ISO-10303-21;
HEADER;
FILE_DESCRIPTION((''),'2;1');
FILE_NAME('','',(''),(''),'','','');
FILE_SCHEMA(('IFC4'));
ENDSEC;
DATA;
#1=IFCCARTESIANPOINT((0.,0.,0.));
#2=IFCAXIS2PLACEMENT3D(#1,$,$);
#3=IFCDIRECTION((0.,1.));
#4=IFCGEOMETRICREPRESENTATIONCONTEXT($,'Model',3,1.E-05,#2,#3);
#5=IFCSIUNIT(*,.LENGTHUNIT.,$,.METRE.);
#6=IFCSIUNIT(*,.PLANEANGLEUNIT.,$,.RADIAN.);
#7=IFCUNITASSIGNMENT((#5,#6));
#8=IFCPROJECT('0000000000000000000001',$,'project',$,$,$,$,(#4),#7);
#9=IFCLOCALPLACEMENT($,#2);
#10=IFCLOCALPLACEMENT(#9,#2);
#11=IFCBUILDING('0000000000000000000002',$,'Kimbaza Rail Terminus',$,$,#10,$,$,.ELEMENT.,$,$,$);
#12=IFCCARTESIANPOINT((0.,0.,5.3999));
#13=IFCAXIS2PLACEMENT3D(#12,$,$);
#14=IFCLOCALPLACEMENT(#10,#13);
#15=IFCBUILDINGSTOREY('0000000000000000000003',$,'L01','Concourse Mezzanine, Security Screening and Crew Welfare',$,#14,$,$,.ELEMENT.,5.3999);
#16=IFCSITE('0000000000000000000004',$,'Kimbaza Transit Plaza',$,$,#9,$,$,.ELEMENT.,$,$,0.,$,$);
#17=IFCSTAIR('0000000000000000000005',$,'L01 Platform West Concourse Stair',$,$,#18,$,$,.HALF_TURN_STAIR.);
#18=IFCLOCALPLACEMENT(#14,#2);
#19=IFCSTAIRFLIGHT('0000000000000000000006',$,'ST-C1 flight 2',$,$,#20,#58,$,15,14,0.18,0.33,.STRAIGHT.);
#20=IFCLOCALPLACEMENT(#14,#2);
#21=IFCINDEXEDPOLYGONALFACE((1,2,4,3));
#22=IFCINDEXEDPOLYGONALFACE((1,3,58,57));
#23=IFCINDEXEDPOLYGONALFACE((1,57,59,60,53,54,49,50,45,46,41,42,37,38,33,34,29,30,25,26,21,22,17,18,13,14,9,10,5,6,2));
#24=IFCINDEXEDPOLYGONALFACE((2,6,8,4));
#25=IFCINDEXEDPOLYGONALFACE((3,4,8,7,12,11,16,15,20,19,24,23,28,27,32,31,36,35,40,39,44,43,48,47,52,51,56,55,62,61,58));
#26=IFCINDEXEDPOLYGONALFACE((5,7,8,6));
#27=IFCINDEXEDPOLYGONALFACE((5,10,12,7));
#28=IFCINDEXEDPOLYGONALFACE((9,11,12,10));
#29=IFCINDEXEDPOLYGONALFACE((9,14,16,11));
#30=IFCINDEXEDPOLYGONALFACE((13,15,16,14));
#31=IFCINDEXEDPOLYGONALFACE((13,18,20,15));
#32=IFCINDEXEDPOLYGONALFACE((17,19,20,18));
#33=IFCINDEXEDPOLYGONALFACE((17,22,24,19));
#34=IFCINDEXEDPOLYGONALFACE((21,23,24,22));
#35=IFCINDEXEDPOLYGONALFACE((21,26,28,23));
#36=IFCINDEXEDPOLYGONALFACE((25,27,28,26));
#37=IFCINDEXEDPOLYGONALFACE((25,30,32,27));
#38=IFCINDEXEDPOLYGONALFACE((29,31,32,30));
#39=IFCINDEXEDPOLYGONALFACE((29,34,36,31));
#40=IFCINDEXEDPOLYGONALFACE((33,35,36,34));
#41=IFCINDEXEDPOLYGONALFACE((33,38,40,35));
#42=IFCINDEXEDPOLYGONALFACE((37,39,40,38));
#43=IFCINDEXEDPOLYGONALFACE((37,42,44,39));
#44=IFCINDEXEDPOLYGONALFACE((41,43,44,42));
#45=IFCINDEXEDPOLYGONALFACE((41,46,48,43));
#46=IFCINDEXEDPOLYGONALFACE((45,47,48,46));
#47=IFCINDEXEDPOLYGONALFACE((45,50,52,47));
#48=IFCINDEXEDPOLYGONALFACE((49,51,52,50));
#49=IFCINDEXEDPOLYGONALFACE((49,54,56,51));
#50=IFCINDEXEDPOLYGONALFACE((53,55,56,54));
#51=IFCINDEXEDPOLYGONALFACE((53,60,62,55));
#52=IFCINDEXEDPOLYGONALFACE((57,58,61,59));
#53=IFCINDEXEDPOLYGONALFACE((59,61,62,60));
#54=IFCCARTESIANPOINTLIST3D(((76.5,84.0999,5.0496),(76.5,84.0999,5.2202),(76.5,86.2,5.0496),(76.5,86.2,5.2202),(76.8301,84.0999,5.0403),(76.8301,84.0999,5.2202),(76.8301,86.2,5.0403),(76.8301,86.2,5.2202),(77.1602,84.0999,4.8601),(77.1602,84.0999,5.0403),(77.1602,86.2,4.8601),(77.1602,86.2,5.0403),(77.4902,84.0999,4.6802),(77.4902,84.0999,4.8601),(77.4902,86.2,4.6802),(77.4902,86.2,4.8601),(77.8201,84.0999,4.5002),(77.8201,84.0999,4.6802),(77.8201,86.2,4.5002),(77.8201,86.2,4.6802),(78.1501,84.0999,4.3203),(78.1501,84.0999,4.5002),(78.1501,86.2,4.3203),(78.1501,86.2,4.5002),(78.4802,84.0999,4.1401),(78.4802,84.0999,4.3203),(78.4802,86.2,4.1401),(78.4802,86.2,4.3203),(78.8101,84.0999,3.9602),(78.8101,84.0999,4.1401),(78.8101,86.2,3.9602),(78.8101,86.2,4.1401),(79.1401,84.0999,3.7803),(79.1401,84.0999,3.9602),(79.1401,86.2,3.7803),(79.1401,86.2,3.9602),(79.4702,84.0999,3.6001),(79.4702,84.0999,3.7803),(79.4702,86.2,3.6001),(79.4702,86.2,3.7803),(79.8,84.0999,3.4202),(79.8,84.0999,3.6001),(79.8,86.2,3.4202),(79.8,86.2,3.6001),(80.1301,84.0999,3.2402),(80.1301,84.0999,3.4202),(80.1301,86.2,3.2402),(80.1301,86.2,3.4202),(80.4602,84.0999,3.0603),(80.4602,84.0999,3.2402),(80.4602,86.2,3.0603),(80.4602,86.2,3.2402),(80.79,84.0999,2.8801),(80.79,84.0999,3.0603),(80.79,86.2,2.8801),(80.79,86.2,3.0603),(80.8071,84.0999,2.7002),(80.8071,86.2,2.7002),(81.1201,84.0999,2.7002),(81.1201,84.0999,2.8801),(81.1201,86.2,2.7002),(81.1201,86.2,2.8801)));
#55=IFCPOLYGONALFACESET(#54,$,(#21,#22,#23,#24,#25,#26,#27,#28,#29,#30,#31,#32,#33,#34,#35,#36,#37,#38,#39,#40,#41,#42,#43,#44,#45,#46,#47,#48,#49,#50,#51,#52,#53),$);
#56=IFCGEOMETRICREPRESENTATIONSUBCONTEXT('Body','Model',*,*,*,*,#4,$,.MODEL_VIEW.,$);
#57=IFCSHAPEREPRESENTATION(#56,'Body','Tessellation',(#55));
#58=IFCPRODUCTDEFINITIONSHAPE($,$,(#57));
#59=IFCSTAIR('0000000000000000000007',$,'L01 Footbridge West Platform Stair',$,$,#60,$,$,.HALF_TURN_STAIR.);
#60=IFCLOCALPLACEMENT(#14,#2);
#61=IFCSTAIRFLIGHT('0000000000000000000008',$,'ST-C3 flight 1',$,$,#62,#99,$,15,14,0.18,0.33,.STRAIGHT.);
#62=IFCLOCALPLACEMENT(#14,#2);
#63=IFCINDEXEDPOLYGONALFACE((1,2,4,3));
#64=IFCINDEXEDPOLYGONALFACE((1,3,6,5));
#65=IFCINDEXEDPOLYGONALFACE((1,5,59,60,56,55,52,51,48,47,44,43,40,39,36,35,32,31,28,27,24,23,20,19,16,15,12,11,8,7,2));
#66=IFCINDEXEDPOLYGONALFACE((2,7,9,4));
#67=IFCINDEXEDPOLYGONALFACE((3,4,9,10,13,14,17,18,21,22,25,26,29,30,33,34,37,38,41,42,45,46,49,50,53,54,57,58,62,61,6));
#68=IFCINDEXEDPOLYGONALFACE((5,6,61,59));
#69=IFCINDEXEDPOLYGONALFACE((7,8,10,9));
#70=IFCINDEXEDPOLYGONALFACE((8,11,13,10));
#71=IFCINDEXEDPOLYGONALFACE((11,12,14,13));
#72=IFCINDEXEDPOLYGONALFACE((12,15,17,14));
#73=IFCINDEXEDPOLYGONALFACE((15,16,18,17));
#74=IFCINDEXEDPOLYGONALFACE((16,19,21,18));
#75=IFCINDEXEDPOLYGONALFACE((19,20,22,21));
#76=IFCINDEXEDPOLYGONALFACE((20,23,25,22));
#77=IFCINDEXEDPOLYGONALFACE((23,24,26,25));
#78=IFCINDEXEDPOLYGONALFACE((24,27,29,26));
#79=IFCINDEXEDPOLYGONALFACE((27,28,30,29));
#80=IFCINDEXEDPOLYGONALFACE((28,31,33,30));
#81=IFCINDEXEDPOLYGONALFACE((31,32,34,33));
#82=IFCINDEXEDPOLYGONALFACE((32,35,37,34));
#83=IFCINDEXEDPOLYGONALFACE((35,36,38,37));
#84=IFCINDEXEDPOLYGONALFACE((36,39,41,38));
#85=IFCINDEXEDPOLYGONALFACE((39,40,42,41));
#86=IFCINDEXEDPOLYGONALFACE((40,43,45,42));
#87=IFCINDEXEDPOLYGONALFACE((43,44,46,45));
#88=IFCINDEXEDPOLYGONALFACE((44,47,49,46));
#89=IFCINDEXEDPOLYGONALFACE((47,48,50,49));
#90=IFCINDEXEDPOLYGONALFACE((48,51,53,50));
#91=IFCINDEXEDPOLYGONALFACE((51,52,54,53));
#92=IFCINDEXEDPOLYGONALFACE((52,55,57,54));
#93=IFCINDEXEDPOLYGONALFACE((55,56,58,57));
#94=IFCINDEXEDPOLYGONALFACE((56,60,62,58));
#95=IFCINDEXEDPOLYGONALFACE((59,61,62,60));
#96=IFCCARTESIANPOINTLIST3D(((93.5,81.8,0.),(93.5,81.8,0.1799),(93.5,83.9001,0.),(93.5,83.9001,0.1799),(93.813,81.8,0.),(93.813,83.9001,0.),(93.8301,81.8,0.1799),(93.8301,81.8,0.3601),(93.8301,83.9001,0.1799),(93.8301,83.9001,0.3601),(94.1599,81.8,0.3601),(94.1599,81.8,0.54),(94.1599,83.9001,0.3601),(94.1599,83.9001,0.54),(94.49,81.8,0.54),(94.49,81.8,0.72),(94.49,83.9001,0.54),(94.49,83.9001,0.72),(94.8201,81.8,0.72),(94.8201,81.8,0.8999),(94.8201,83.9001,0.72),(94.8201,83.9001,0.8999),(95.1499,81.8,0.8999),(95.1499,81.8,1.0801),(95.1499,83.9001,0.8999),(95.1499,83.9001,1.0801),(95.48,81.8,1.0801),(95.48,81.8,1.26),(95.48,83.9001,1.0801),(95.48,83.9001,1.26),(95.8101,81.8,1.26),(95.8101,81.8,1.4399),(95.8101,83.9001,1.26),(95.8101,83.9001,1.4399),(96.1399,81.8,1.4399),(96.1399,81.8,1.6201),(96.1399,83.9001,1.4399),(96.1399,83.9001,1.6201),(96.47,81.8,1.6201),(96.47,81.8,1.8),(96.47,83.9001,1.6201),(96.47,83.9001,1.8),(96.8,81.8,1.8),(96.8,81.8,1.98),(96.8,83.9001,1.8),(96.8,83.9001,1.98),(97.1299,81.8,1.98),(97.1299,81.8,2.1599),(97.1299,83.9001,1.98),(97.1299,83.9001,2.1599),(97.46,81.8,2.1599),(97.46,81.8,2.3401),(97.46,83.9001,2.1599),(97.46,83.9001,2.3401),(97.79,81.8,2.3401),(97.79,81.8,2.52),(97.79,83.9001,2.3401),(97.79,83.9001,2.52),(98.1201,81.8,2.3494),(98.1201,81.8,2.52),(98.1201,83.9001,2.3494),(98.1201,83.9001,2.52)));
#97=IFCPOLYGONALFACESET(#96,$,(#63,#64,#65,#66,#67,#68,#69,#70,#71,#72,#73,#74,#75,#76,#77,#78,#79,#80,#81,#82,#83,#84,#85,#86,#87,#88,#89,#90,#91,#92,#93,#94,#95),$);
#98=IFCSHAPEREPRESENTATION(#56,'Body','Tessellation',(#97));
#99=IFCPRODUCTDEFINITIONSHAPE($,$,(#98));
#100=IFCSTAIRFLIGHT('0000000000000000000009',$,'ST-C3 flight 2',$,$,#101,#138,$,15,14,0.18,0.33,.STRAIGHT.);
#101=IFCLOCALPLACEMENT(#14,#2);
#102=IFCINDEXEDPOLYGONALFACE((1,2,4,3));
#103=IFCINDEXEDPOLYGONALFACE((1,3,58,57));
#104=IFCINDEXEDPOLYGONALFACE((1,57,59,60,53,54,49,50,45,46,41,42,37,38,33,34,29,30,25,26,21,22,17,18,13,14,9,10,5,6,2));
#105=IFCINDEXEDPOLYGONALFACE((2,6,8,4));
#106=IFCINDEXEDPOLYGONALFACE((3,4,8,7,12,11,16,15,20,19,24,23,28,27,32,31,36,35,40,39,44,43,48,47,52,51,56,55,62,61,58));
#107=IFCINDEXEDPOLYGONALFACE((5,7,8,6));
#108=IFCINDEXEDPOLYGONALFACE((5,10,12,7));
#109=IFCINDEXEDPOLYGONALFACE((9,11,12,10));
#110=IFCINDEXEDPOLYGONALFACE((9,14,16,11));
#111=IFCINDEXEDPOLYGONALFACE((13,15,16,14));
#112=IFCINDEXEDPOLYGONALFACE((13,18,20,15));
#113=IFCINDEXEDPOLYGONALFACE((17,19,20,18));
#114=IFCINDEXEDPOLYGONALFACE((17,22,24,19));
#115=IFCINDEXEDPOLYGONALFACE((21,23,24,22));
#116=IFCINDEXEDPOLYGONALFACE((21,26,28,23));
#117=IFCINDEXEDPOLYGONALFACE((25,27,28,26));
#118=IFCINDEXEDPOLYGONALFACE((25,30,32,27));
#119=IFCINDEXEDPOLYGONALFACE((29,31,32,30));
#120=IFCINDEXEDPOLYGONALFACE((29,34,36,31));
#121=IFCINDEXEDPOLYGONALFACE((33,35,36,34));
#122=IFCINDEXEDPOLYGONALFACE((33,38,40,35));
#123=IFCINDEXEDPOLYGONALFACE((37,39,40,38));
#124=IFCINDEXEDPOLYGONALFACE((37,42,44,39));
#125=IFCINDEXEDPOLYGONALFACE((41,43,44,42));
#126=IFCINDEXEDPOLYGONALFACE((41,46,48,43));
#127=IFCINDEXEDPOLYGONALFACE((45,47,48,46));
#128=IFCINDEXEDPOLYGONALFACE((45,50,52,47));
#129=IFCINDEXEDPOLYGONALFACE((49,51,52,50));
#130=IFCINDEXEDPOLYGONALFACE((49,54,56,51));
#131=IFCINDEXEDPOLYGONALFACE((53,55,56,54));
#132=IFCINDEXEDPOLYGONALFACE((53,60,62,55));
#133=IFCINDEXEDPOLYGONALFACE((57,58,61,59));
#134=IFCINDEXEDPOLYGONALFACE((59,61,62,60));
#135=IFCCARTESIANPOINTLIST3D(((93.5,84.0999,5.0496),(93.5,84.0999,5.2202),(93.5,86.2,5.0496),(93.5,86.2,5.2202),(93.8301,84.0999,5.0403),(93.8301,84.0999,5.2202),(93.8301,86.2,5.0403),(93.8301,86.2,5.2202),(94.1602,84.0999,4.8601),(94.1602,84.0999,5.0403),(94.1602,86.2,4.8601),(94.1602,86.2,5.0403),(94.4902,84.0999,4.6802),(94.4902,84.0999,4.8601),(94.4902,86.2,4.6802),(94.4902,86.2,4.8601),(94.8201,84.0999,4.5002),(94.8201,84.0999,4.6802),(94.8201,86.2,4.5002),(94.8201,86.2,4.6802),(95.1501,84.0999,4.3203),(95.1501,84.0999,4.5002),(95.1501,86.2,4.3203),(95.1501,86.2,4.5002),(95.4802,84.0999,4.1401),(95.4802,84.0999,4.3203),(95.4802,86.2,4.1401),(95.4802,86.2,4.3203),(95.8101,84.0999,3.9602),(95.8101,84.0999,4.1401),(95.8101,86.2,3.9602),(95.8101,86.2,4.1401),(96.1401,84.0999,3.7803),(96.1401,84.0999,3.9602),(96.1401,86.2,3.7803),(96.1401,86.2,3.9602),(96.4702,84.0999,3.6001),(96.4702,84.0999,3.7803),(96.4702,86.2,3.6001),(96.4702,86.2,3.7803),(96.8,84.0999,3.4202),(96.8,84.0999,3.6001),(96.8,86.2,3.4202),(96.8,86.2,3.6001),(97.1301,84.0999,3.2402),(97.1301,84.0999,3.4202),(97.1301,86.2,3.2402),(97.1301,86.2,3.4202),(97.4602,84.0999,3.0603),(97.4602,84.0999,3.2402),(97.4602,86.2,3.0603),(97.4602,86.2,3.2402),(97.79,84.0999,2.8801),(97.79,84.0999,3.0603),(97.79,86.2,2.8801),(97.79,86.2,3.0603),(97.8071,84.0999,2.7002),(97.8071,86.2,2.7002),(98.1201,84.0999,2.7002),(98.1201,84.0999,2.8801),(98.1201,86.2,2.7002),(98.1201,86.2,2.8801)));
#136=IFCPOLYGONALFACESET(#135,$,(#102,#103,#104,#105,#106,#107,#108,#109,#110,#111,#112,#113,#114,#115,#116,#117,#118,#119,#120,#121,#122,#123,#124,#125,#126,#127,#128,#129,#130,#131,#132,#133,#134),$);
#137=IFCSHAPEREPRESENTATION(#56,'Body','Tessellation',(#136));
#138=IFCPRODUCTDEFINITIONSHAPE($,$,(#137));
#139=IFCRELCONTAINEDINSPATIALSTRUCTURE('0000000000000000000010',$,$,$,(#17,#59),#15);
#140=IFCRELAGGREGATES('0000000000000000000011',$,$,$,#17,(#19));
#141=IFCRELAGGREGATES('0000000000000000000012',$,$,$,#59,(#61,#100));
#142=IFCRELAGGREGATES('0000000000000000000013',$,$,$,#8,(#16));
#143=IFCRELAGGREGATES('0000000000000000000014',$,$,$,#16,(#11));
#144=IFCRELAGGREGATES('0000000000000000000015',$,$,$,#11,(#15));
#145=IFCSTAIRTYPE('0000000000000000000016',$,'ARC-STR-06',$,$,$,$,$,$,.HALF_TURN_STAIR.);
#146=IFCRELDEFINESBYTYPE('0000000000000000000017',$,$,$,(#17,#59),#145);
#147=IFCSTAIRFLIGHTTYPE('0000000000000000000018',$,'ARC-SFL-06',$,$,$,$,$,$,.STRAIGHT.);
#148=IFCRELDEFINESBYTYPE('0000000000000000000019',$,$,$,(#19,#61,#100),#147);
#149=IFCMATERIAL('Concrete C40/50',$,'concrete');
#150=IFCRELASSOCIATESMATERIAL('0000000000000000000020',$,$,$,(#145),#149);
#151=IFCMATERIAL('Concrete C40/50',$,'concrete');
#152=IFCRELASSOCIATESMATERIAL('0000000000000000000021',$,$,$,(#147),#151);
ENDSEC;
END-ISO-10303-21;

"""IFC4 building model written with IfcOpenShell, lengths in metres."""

from ifc_helpers import new_model, si_unit, direction, frame, origin, place, context, subcontext, project, spatial, polyline, outline, extrude, material, type_object, element, aggregate, save


model = new_model("IFC4")

# Units and contexts
model_context = context("Model", 3, precision=1e-05, world=origin(), true_north=direction((0.0, 1.0)))
body_context = subcontext(model_context, "Body", "Model", "MODEL_VIEW")
ifc_project = project(units=[si_unit("LENGTHUNIT", "METRE"), si_unit("PLANEANGLEUNIT", "RADIAN")], contexts=[model_context])

# Site, building, storey
site_placement = place(None, origin())
site = spatial("IfcSite", under=ifc_project, at=site_placement, Name="Kimbaza Transit Plaza", CompositionType="ELEMENT", RefElevation=0.0)
building_placement = place(site_placement, origin())
building = spatial("IfcBuilding", under=site, at=building_placement, Name="Kimbaza Rail Terminus", CompositionType="ELEMENT")
storey_placement = place(building_placement, frame((0.0, 0.0, 5.3999)))
storey = spatial("IfcBuildingStorey", under=building, at=storey_placement, Name="L01", Description="Concourse Mezzanine, Security Screening and Crew Welfare", CompositionType="ELEMENT", Elevation=5.3999)

# Stair, stair flight
ifc_material_1 = material(Name="Concrete C40/50", Category="concrete")
stair_type = type_object("IfcStairType", Name="ARC-STR-06", PredefinedType="HALF_TURN_STAIR", material=ifc_material_1)
stair_1_placement = place(storey_placement, origin())
stair_1 = element("IfcStair", 1, at=stair_1_placement, inside=storey, type_object=stair_type, Name="L01 Platform West Concourse Stair", PredefinedType="HALF_TURN_STAIR")
ifc_material_2 = material(Name="Concrete C40/50", Category="concrete")
stair_flight_type = type_object("IfcStairFlightType", Name="ARC-SFL-06", PredefinedType="STRAIGHT", material=ifc_material_2)
stair_flight_1_placement = place(storey_placement, frame((81.1201, 85.1499, 2.7002), z_axis=(0.0, 0.0, 1.0), x_axis=(-1.0, 0.0, 0.0)))
stair_flight_1 = element("IfcStairFlight", 2, at=stair_flight_1_placement, type_object=stair_flight_type, Name="ST-C1 flight 2", NumberOfRisers=15, NumberOfTreads=14, PredefinedType="STRAIGHT", RiserHeight=0.18, TreadLength=0.33, context=body_context, shape_type="SweptSolid", body=[
    extrude(outline(polyline([(0.0, 0.0), (0.0, 0.1799), (0.3301, 0.1799), (0.3301, 0.3601), (0.6599, 0.3601), (0.6599, 0.54), (0.99, 0.54), (0.99, 0.72), (1.3201, 0.72), (1.3201, 0.8999), (1.6499, 0.8999), (1.6499, 1.0801), (1.98, 1.0801), (1.98, 1.26), (2.3101, 1.26), (2.3101, 1.4399), (2.6399, 1.4399), (2.6399, 1.6201), (2.97, 1.6201), (2.97, 1.8), (3.3, 1.8), (3.3, 1.98), (3.6299, 1.98), (3.6299, 2.1599), (3.96, 2.1599), (3.96, 2.3401), (4.29, 2.3401), (4.29, 2.52), (4.6201, 2.52), (4.6201, 2.7), (4.6201, 2.3494), (0.313, 0.0), (0.0, 0.0)])), frame((0.0, 1.05, 0.0), z_axis=(0.0, -1.0, 0.0), x_axis=(1.0, 0.0, 0.0)), (0.0, 0.0, 1.0), 2.1001),
])
aggregate(stair_1, [stair_flight_1])

# Stair, stair flights
stair_2_placement = place(storey_placement, origin())
stair_2 = element("IfcStair", 3, at=stair_2_placement, inside=storey, type_object=stair_type, Name="L01 Footbridge West Platform Stair", PredefinedType="HALF_TURN_STAIR")
stair_flight_2_placement = place(storey_placement, frame((93.5, 82.8501, 0.0), z_axis=(0.0, 0.0, 1.0), x_axis=(1.0, 0.0, 0.0)))
stair_flight_2 = element("IfcStairFlight", 4, at=stair_flight_2_placement, type_object=stair_flight_type, Name="ST-C3 flight 1", NumberOfRisers=15, NumberOfTreads=14, PredefinedType="STRAIGHT", RiserHeight=0.18, TreadLength=0.33, context=body_context, shape_type="SweptSolid", body=[
    extrude(outline(polyline([(0.0, 0.0), (0.0, 0.1799), (0.3301, 0.1799), (0.3301, 0.3601), (0.6599, 0.3601), (0.6599, 0.54), (0.99, 0.54), (0.99, 0.72), (1.3201, 0.72), (1.3201, 0.8999), (1.6499, 0.8999), (1.6499, 1.0801), (1.98, 1.0801), (1.98, 1.26), (2.3101, 1.26), (2.3101, 1.4399), (2.6399, 1.4399), (2.6399, 1.6201), (2.97, 1.6201), (2.97, 1.8), (3.3, 1.8), (3.3, 1.98), (3.6299, 1.98), (3.6299, 2.1599), (3.96, 2.1599), (3.96, 2.3401), (4.29, 2.3401), (4.29, 2.52), (4.6201, 2.52), (4.6201, 2.7), (4.6201, 2.3494), (0.313, 0.0), (0.0, 0.0)])), frame((0.0, 1.05, 0.0), z_axis=(0.0, -1.0, 0.0), x_axis=(1.0, 0.0, 0.0)), (0.0, 0.0, 1.0), 2.1001),
])
stair_flight_3_placement = place(storey_placement, frame((98.1201, 85.1499, 2.7002), z_axis=(0.0, 0.0, 1.0), x_axis=(-1.0, 0.0, 0.0)))
stair_flight_3 = element("IfcStairFlight", 5, at=stair_flight_3_placement, type_object=stair_flight_type, Name="ST-C3 flight 2", NumberOfRisers=15, NumberOfTreads=14, PredefinedType="STRAIGHT", RiserHeight=0.18, TreadLength=0.33, context=body_context, shape_type="SweptSolid", body=[
    extrude(outline(polyline([(0.0, 0.0), (0.0, 0.1799), (0.3301, 0.1799), (0.3301, 0.3601), (0.6599, 0.3601), (0.6599, 0.54), (0.99, 0.54), (0.99, 0.72), (1.3201, 0.72), (1.3201, 0.8999), (1.6499, 0.8999), (1.6499, 1.0801), (1.98, 1.0801), (1.98, 1.26), (2.3101, 1.26), (2.3101, 1.4399), (2.6399, 1.4399), (2.6399, 1.6201), (2.97, 1.6201), (2.97, 1.8), (3.3, 1.8), (3.3, 1.98), (3.6299, 1.98), (3.6299, 2.1599), (3.96, 2.1599), (3.96, 2.3401), (4.29, 2.3401), (4.29, 2.52), (4.6201, 2.52), (4.6201, 2.7), (4.6201, 2.3494), (0.313, 0.0), (0.0, 0.0)])), frame((0.0, 1.05, 0.0), z_axis=(0.0, -1.0, 0.0), x_axis=(1.0, 0.0, 0.0)), (0.0, 0.0, 1.0), 2.1001),
])
aggregate(stair_2, [stair_flight_2, stair_flight_3])

save(model, "model.ifc")
